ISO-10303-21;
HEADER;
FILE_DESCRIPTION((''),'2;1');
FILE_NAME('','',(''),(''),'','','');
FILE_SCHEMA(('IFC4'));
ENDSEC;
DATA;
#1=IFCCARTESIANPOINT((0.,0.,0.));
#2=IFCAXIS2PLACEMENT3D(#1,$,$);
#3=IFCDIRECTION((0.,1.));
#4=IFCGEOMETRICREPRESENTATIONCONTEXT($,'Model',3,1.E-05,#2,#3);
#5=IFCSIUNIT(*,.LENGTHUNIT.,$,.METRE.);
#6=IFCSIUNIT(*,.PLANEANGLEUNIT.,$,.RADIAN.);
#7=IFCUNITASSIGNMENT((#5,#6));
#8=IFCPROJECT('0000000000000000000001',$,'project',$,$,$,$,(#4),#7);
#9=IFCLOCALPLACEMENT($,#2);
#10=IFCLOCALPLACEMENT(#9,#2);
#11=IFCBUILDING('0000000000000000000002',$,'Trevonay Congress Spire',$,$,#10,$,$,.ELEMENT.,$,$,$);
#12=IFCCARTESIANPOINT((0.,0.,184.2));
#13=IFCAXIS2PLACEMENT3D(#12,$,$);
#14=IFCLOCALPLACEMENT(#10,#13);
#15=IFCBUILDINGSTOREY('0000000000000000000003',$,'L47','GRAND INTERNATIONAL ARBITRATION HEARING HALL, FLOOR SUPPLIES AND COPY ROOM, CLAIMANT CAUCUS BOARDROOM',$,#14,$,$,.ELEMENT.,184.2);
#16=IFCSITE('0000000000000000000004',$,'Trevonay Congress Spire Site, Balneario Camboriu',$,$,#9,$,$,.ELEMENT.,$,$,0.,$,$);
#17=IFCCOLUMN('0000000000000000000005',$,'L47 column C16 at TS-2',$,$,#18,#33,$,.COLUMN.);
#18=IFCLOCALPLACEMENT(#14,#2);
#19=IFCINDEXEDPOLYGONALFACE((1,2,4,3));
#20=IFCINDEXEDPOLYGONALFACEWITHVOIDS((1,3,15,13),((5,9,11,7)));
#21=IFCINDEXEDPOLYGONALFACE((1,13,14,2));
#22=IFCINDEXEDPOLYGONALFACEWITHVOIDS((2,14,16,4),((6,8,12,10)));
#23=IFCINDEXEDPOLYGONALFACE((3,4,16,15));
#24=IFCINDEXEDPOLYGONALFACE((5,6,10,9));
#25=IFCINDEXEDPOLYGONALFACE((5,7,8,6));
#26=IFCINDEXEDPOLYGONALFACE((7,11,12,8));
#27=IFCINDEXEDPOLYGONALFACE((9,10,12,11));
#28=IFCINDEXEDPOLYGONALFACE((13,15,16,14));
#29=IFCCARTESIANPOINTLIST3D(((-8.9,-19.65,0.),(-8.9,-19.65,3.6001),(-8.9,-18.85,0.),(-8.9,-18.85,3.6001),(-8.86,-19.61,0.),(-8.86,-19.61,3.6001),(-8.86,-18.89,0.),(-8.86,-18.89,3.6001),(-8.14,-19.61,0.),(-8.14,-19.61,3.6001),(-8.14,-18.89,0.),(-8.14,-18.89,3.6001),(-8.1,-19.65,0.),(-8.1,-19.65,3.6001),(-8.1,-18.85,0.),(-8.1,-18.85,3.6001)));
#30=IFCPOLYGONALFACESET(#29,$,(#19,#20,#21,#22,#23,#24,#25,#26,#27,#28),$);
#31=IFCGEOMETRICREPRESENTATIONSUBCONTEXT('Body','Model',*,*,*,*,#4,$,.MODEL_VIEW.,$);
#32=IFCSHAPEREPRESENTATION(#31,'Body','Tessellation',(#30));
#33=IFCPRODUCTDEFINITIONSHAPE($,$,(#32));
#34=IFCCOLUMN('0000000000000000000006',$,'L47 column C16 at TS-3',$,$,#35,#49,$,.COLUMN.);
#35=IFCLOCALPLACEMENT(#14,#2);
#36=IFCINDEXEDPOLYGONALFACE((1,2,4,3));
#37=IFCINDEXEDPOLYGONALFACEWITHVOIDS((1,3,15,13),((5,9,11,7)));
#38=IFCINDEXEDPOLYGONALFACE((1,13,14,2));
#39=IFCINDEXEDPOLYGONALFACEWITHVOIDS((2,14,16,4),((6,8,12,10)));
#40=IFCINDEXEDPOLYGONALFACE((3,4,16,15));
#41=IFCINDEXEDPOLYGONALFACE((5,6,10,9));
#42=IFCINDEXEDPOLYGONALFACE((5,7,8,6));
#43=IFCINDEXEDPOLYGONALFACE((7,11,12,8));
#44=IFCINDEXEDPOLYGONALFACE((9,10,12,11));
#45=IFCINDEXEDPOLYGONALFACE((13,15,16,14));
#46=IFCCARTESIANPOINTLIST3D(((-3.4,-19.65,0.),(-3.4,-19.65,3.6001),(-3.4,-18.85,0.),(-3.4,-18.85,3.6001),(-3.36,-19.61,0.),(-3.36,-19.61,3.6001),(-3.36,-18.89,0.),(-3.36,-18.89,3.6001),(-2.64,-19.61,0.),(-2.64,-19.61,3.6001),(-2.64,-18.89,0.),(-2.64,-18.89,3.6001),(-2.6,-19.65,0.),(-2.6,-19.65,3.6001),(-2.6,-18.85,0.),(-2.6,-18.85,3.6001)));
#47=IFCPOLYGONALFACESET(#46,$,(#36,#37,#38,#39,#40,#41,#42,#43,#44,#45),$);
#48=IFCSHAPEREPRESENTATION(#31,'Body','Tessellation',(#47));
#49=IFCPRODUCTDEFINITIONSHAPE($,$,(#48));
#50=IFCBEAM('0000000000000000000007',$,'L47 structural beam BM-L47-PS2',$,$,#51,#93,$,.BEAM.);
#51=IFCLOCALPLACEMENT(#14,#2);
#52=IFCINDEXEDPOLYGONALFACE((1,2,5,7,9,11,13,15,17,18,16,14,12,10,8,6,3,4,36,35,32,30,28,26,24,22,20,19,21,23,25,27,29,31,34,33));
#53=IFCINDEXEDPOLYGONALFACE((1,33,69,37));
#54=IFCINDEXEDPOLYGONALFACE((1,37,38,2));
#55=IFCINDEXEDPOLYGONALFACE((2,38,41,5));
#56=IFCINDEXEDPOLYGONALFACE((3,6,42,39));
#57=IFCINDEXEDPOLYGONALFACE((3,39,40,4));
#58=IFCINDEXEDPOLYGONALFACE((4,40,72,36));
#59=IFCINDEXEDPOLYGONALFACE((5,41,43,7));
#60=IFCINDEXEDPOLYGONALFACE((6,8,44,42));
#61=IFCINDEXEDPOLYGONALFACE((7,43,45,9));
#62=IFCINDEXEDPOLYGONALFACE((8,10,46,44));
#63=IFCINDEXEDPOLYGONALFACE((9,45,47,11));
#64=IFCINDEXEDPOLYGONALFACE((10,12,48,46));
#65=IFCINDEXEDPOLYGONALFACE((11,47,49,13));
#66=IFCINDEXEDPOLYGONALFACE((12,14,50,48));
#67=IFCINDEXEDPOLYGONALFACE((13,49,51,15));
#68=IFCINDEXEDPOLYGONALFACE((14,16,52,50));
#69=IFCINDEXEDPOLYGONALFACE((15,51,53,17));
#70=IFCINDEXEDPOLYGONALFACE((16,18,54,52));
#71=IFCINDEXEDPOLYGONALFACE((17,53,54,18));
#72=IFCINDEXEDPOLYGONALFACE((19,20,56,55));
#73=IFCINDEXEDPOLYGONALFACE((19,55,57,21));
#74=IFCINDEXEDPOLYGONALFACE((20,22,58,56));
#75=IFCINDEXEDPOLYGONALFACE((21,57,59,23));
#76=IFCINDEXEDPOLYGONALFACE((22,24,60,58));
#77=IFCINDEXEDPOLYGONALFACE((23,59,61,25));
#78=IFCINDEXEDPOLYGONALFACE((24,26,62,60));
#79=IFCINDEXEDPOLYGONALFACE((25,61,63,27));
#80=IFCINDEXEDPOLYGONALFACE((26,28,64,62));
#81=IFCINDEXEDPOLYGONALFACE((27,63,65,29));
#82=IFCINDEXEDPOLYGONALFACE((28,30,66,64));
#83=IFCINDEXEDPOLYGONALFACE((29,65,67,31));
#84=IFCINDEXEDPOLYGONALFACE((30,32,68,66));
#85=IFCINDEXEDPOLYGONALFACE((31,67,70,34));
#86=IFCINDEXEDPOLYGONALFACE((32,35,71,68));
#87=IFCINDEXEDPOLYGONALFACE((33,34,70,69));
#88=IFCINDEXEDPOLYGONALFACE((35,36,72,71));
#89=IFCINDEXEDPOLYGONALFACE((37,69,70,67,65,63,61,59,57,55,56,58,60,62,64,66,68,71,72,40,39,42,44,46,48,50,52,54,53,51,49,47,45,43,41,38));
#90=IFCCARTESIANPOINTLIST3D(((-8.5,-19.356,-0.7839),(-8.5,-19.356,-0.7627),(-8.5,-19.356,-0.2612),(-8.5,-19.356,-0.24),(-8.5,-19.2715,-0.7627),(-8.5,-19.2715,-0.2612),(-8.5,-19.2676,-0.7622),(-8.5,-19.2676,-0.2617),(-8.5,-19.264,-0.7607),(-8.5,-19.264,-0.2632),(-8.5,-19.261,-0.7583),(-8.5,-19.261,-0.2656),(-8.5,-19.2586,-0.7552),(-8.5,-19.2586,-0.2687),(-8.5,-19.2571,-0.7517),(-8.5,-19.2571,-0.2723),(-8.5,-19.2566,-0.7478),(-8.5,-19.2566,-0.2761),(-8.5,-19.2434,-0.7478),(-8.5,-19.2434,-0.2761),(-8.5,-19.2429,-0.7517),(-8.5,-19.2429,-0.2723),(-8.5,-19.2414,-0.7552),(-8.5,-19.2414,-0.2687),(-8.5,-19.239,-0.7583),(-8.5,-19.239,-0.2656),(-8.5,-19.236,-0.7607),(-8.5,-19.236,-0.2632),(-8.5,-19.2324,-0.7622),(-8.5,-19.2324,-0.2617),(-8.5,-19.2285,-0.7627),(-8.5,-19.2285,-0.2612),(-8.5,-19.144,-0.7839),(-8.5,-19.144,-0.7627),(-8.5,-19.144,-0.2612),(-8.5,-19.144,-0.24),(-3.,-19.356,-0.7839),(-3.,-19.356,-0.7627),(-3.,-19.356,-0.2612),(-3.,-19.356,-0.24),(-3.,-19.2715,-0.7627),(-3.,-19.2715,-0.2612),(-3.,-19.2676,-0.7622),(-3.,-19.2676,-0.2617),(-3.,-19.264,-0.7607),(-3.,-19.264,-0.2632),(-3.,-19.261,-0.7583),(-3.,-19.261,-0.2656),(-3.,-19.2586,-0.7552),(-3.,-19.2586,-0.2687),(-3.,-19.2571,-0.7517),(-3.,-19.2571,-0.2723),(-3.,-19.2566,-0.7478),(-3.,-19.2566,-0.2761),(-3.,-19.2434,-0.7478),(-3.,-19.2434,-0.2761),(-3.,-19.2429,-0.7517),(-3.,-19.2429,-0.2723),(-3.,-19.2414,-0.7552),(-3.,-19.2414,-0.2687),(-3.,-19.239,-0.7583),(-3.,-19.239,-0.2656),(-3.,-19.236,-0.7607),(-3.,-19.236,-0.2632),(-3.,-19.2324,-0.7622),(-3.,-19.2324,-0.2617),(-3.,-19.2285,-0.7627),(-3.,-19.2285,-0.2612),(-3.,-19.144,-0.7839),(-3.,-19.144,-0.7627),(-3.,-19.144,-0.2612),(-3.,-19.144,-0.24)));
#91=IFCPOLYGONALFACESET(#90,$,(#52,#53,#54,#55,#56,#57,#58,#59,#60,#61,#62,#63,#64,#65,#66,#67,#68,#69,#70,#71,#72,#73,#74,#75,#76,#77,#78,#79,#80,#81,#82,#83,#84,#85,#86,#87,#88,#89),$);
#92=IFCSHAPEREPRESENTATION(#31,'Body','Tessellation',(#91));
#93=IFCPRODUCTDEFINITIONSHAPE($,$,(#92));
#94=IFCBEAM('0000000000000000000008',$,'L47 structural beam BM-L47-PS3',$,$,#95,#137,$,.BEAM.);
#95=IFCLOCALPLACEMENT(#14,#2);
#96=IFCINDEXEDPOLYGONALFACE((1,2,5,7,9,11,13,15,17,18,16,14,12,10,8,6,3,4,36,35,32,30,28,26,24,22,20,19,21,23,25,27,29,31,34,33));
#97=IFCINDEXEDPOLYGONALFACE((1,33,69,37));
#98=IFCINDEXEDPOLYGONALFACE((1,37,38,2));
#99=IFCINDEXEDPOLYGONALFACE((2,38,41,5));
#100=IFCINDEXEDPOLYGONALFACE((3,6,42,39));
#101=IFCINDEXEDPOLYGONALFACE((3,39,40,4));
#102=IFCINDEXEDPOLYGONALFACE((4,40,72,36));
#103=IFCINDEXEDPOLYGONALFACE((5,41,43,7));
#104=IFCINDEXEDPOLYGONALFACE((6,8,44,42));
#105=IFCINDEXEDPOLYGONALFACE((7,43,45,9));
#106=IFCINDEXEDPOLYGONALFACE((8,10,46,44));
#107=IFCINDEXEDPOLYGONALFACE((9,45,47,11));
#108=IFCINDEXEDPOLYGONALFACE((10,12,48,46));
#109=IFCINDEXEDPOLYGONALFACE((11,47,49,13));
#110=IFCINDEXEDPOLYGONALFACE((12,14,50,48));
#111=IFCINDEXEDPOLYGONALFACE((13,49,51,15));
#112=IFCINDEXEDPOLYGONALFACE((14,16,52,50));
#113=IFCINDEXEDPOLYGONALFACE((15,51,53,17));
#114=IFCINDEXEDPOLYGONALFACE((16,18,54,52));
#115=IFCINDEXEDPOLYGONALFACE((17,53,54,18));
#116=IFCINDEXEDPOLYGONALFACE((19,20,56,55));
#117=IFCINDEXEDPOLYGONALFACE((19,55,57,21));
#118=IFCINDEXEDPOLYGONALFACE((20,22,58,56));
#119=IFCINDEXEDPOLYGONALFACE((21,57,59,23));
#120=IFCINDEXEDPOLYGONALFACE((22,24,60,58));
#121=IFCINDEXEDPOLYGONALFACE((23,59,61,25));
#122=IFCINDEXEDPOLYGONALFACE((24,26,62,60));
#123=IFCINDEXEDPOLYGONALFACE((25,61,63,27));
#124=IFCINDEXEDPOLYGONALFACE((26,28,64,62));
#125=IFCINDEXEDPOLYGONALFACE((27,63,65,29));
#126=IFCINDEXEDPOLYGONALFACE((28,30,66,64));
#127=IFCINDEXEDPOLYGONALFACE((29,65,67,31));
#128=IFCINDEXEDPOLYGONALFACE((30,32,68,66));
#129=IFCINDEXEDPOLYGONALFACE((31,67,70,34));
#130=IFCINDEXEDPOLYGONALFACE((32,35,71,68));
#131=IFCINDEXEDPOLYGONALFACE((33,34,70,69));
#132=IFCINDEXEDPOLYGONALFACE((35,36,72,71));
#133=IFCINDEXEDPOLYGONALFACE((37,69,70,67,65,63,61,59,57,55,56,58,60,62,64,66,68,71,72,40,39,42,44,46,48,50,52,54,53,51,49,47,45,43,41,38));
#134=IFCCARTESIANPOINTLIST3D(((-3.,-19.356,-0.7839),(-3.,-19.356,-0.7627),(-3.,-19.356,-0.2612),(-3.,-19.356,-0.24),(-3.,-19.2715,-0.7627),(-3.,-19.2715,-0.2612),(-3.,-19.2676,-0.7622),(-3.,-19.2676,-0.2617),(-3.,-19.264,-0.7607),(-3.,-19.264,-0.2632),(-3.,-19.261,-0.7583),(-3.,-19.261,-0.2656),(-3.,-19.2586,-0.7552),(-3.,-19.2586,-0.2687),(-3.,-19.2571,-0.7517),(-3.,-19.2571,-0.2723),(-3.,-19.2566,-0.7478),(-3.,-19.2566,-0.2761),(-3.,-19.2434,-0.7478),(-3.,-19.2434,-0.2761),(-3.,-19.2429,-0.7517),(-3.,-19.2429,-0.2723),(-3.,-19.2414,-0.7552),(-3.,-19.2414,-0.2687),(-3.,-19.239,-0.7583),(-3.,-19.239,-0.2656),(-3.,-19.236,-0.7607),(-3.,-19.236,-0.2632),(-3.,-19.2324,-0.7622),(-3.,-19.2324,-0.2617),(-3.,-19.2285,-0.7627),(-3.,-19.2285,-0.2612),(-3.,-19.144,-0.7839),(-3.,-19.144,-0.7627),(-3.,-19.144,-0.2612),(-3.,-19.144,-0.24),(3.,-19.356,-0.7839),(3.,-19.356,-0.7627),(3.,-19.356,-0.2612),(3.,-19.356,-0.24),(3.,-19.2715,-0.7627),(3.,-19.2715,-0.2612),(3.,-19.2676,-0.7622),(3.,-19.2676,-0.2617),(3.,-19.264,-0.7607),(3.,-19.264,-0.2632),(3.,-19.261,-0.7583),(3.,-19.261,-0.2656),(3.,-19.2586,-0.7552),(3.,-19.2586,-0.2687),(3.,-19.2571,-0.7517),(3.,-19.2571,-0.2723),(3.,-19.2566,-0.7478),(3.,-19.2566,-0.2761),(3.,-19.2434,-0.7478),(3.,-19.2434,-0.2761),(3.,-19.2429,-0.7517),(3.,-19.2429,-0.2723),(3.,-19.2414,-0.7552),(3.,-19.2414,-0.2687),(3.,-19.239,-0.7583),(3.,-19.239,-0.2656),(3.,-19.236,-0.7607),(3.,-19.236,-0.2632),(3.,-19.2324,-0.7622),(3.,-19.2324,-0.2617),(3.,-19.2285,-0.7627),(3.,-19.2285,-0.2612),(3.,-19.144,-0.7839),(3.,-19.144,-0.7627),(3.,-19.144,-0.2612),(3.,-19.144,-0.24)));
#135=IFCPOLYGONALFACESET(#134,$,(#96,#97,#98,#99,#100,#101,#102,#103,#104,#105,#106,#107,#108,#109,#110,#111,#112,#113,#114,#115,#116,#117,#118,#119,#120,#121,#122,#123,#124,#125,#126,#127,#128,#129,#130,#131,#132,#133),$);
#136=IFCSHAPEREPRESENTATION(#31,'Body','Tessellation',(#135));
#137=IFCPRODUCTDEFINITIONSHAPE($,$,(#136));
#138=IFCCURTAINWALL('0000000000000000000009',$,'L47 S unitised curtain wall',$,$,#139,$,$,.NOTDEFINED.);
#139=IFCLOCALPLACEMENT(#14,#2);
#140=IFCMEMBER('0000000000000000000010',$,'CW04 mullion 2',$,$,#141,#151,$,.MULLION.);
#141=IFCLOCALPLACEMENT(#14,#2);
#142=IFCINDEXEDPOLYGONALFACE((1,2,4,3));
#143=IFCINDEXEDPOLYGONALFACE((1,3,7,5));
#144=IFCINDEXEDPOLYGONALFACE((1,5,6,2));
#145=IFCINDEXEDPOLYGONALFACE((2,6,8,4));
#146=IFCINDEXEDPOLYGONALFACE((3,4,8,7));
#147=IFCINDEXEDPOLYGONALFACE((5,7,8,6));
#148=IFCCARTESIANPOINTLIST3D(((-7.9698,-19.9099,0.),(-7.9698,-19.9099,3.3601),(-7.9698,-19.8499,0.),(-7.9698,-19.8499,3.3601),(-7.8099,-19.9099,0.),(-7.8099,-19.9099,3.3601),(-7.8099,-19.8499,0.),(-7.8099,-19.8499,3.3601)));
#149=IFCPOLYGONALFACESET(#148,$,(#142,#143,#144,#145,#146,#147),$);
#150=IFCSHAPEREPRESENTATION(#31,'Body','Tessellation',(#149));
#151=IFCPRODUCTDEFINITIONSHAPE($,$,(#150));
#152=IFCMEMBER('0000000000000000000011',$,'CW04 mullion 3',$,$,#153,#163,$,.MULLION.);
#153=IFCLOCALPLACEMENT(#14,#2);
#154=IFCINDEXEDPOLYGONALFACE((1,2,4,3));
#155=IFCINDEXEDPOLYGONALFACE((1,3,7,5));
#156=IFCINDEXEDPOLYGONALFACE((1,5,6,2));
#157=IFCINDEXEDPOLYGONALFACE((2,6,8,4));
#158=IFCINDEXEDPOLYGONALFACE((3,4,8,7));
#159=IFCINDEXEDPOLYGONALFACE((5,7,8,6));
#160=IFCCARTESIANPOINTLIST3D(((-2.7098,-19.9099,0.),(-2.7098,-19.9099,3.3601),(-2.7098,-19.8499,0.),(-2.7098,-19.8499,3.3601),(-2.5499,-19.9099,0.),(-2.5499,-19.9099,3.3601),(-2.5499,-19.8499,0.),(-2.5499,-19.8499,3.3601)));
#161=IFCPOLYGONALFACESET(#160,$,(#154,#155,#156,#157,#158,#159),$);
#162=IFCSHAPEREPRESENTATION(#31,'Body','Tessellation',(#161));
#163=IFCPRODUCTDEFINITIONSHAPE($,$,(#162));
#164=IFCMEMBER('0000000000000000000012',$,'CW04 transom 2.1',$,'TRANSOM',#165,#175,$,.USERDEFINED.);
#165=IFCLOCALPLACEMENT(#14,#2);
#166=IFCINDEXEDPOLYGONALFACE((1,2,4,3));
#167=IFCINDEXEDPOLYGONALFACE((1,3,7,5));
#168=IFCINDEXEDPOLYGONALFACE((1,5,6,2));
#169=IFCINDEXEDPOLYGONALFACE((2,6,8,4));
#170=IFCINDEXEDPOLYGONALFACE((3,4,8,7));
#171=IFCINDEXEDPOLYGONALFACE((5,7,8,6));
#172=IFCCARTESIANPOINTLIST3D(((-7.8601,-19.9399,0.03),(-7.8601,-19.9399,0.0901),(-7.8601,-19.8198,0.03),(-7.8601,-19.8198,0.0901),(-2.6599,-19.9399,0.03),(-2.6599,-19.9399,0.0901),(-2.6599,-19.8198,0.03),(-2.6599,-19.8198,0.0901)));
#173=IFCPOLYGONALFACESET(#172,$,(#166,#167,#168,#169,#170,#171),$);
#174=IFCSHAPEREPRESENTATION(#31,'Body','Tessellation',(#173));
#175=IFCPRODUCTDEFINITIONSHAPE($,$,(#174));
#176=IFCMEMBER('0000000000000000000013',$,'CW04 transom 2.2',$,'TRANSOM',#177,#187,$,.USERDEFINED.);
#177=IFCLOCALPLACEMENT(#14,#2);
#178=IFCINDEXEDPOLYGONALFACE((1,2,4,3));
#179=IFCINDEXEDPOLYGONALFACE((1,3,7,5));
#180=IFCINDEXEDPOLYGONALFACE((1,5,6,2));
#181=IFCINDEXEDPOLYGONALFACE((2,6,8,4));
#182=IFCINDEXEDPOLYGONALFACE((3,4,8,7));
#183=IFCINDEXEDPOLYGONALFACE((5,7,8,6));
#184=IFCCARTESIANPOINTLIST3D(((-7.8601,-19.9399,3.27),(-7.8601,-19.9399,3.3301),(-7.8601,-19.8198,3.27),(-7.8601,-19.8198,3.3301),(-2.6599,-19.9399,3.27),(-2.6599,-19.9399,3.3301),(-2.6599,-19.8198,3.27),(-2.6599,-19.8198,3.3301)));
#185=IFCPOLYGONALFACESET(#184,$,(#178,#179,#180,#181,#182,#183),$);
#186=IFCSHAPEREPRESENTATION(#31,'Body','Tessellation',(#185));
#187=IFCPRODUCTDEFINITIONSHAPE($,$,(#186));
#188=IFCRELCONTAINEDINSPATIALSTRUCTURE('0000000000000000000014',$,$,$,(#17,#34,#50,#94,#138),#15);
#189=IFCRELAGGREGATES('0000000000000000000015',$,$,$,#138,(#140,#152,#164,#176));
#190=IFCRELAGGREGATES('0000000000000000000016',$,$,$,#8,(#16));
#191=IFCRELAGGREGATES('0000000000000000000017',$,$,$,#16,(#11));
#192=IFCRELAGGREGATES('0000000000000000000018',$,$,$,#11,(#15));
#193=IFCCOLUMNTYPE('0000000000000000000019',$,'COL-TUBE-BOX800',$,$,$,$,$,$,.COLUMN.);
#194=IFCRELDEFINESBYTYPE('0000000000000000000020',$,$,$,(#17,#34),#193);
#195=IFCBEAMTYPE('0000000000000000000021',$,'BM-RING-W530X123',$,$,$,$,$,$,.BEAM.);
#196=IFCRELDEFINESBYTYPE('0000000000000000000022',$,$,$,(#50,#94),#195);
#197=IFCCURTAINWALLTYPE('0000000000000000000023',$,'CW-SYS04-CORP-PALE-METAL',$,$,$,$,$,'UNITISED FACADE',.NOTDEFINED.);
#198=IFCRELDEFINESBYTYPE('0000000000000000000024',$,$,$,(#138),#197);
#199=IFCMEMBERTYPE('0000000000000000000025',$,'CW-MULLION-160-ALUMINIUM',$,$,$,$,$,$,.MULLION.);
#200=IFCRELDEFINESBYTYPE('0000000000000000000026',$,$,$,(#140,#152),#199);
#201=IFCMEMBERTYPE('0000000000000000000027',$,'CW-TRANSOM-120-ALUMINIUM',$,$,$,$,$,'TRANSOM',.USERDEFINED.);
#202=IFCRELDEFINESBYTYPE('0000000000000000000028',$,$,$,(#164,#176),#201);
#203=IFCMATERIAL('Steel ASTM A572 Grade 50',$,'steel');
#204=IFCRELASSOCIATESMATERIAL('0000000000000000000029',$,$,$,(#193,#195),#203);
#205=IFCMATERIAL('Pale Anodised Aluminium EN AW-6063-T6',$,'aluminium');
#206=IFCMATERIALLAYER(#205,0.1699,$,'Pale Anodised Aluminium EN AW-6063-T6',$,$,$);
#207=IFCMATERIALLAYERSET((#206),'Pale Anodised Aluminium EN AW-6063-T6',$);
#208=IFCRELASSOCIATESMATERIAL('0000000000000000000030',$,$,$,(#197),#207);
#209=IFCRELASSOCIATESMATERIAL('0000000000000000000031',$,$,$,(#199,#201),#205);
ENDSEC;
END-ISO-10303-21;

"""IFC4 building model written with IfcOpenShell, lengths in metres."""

from ifc_helpers import new_model, si_unit, direction, frame, origin, origin_2d, place, context, subcontext, project, spatial, rectangle, hollow_rectangle, i_section, extrude, material, layer, layer_set, material_profile, profile_set, type_object, element, aggregate, save


model = new_model("IFC4")

# Units and contexts
model_context = context("Model", 3, precision=1e-05, world=origin(), true_north=direction((0.0, 1.0)))
body_context = subcontext(model_context, "Body", "Model", "MODEL_VIEW")
ifc_project = project(units=[si_unit("LENGTHUNIT", "METRE"), si_unit("PLANEANGLEUNIT", "RADIAN")], contexts=[model_context])

# Site, building, storey
site_placement = place(None, origin())
site = spatial("IfcSite", under=ifc_project, at=site_placement, Name="Trevonay Congress Spire Site, Balneario Camboriu", CompositionType="ELEMENT", RefElevation=0.0)
building_placement = place(site_placement, origin())
building = spatial("IfcBuilding", under=site, at=building_placement, Name="Trevonay Congress Spire", CompositionType="ELEMENT")
storey_placement = place(building_placement, frame((0.0, 0.0, 184.2)))
storey = spatial("IfcBuildingStorey", under=building, at=storey_placement, Name="L47", Description="GRAND INTERNATIONAL ARBITRATION HEARING HALL, FLOOR SUPPLIES AND COPY ROOM, CLAIMANT CAUCUS BOARDROOM", CompositionType="ELEMENT", Elevation=184.2)

# Columns
ifc_material_1 = material(Name="Steel ASTM A572 Grade 50", Category="steel")
ifc_material_profile_1 = material_profile(ifc_material_1, hollow_rectangle(XDim=0.8, YDim=0.8, WallThickness=0.04, at=origin_2d()), Name="BOX 800x800x40")
ifc_profile_set_1 = profile_set([ifc_material_profile_1], Name="Steel ASTM A572 Grade 50")
column_type = type_object("IfcColumnType", Name="COL-TUBE-BOX800", PredefinedType="COLUMN", material=ifc_profile_set_1)
for number, where, z_axis, x_axis, name in (
    (1, (-8.5, -19.25, 0.0), (0.0, 0.0, 1.0), (1.0, 0.0, 0.0), "L47 column C16 at TS-2"),
    (2, (-3.0, -19.25, 0.0), (0.0, 0.0, 1.0), (1.0, 0.0, 0.0), "L47 column C16 at TS-3"),
):
    element("IfcColumn", number, at=place(storey_placement, frame(where, z_axis=z_axis, x_axis=x_axis)), inside=storey, type_object=column_type, Name=name, PredefinedType="COLUMN", context=body_context, shape_type="SweptSolid", body=[
        extrude(hollow_rectangle(XDim=0.8, YDim=0.8, WallThickness=0.04, at=origin_2d()), origin(), (0.0, 0.0, 1.0), 3.6001),
    ])

# Beams
ifc_material_profile_2 = material_profile(ifc_material_1, i_section(OverallWidth=0.2119, OverallDepth=0.5439, WebThickness=0.0132, FlangeThickness=0.0212, FilletRadius=0.0149, at=origin_2d()), Name="W530x123")
ifc_profile_set_2 = profile_set([ifc_material_profile_2], Name="Steel ASTM A572 Grade 50")
beam_type_1 = type_object("IfcBeamType", Name="BM-RING-W530X123", PredefinedType="BEAM", material=ifc_profile_set_2)
beam_1_placement = place(storey_placement, frame((-8.5, -19.25, -0.512), z_axis=(1.0, 0.0, 0.0), x_axis=(0.0, 1.0, 0.0)))
element("IfcBeam", 3, at=beam_1_placement, inside=storey, type_object=beam_type_1, Name="L47 structural beam BM-L47-PS2", PredefinedType="BEAM", context=body_context, shape_type="SweptSolid", body=[
    extrude(i_section(OverallWidth=0.2119, OverallDepth=0.5439, WebThickness=0.0132, FlangeThickness=0.0212, FilletRadius=0.0149, at=origin_2d()), origin(), (0.0, 0.0, 1.0), 5.5),
])
beam_2_placement = place(storey_placement, frame((-3.0, -19.25, -0.512), z_axis=(1.0, 0.0, 0.0), x_axis=(0.0, 1.0, 0.0)))
element("IfcBeam", 4, at=beam_2_placement, inside=storey, type_object=beam_type_1, Name="L47 structural beam BM-L47-PS3", PredefinedType="BEAM", context=body_context, shape_type="SweptSolid", body=[
    extrude(i_section(OverallWidth=0.2119, OverallDepth=0.5439, WebThickness=0.0132, FlangeThickness=0.0212, FilletRadius=0.0149, at=origin_2d()), origin(), (0.0, 0.0, 1.0), 6.0),
])

# Curtain wall, members
ifc_material_2 = material(Name="Pale Anodised Aluminium EN AW-6063-T6", Category="aluminium")
ifc_layer_1 = layer(ifc_material_2, 0.1699, Name="Pale Anodised Aluminium EN AW-6063-T6")
ifc_layer_set_1 = layer_set([ifc_layer_1], Name="Pale Anodised Aluminium EN AW-6063-T6")
curtain_wall_type = type_object("IfcCurtainWallType", Name="CW-SYS04-CORP-PALE-METAL", ElementType="UNITISED FACADE", PredefinedType="NOTDEFINED", material=ifc_layer_set_1)
curtain_wall_placement = place(storey_placement, origin())
curtain_wall = element("IfcCurtainWall", 5, at=curtain_wall_placement, inside=storey, type_object=curtain_wall_type, Name="L47 S unitised curtain wall", PredefinedType="NOTDEFINED")
ifc_material_profile_3 = material_profile(ifc_material_2, rectangle(XDim=0.0601, YDim=0.1599, at=origin_2d()), Name="CW-MULLION-160-ALUMINIUM")
ifc_profile_set_3 = profile_set([ifc_material_profile_3], Name="Pale Anodised Aluminium EN AW-6063-T6")
member_type_1 = type_object("IfcMemberType", Name="CW-MULLION-160-ALUMINIUM", PredefinedType="MULLION", material=ifc_profile_set_3)
member_1_placement = place(storey_placement, frame((-7.8899, -19.8799, 0.0), z_axis=(0.0, 0.0, 1.0), x_axis=(0.0, 1.0, 0.0)))
member_1 = element("IfcMember", 6, at=member_1_placement, type_object=member_type_1, Name="CW04 mullion 2", PredefinedType="MULLION", context=body_context, shape_type="SweptSolid", body=[
    extrude(rectangle(XDim=0.0601, YDim=0.1599, at=origin_2d()), origin(), (0.0, 0.0, 1.0), 3.3601),
])
member_2_placement = place(storey_placement, frame((-2.6299, -19.8799, 0.0), z_axis=(0.0, 0.0, 1.0), x_axis=(0.0, 1.0, 0.0)))
member_2 = element("IfcMember", 7, at=member_2_placement, type_object=member_type_1, Name="CW04 mullion 3", PredefinedType="MULLION", context=body_context, shape_type="SweptSolid", body=[
    extrude(rectangle(XDim=0.0601, YDim=0.1599, at=origin_2d()), origin(), (0.0, 0.0, 1.0), 3.3601),
])
ifc_material_profile_4 = material_profile(ifc_material_2, rectangle(XDim=0.1201, YDim=0.0601, at=origin_2d()), Name="CW-TRANSOM-120-ALUMINIUM")
ifc_profile_set_4 = profile_set([ifc_material_profile_4], Name="Pale Anodised Aluminium EN AW-6063-T6")
member_type_2 = type_object("IfcMemberType", Name="CW-TRANSOM-120-ALUMINIUM", ElementType="TRANSOM", PredefinedType="USERDEFINED", material=ifc_profile_set_4)
member_3_placement = place(storey_placement, frame((-7.8601, -19.8799, 0.0601), z_axis=(1.0, 0.0, 0.0), x_axis=(0.0, 1.0, 0.0)))
member_3 = element("IfcMember", 8, at=member_3_placement, type_object=member_type_2, Name="CW04 transom 2.1", ObjectType="TRANSOM", PredefinedType="USERDEFINED", context=body_context, shape_type="SweptSolid", body=[
    extrude(rectangle(XDim=0.1201, YDim=0.0601, at=origin_2d()), origin(), (0.0, 0.0, 1.0), 5.2002),
])
member_4_placement = place(storey_placement, frame((-7.8601, -19.8799, 3.3), z_axis=(1.0, 0.0, 0.0), x_axis=(0.0, 1.0, 0.0)))
member_4 = element("IfcMember", 9, at=member_4_placement, type_object=member_type_2, Name="CW04 transom 2.2", ObjectType="TRANSOM", PredefinedType="USERDEFINED", context=body_context, shape_type="SweptSolid", body=[
    extrude(rectangle(XDim=0.1201, YDim=0.0601, at=origin_2d()), origin(), (0.0, 0.0, 1.0), 5.2002),
])

aggregate(curtain_wall, [member_1, member_2, member_3, member_4])

save(model, "model.ifc")
